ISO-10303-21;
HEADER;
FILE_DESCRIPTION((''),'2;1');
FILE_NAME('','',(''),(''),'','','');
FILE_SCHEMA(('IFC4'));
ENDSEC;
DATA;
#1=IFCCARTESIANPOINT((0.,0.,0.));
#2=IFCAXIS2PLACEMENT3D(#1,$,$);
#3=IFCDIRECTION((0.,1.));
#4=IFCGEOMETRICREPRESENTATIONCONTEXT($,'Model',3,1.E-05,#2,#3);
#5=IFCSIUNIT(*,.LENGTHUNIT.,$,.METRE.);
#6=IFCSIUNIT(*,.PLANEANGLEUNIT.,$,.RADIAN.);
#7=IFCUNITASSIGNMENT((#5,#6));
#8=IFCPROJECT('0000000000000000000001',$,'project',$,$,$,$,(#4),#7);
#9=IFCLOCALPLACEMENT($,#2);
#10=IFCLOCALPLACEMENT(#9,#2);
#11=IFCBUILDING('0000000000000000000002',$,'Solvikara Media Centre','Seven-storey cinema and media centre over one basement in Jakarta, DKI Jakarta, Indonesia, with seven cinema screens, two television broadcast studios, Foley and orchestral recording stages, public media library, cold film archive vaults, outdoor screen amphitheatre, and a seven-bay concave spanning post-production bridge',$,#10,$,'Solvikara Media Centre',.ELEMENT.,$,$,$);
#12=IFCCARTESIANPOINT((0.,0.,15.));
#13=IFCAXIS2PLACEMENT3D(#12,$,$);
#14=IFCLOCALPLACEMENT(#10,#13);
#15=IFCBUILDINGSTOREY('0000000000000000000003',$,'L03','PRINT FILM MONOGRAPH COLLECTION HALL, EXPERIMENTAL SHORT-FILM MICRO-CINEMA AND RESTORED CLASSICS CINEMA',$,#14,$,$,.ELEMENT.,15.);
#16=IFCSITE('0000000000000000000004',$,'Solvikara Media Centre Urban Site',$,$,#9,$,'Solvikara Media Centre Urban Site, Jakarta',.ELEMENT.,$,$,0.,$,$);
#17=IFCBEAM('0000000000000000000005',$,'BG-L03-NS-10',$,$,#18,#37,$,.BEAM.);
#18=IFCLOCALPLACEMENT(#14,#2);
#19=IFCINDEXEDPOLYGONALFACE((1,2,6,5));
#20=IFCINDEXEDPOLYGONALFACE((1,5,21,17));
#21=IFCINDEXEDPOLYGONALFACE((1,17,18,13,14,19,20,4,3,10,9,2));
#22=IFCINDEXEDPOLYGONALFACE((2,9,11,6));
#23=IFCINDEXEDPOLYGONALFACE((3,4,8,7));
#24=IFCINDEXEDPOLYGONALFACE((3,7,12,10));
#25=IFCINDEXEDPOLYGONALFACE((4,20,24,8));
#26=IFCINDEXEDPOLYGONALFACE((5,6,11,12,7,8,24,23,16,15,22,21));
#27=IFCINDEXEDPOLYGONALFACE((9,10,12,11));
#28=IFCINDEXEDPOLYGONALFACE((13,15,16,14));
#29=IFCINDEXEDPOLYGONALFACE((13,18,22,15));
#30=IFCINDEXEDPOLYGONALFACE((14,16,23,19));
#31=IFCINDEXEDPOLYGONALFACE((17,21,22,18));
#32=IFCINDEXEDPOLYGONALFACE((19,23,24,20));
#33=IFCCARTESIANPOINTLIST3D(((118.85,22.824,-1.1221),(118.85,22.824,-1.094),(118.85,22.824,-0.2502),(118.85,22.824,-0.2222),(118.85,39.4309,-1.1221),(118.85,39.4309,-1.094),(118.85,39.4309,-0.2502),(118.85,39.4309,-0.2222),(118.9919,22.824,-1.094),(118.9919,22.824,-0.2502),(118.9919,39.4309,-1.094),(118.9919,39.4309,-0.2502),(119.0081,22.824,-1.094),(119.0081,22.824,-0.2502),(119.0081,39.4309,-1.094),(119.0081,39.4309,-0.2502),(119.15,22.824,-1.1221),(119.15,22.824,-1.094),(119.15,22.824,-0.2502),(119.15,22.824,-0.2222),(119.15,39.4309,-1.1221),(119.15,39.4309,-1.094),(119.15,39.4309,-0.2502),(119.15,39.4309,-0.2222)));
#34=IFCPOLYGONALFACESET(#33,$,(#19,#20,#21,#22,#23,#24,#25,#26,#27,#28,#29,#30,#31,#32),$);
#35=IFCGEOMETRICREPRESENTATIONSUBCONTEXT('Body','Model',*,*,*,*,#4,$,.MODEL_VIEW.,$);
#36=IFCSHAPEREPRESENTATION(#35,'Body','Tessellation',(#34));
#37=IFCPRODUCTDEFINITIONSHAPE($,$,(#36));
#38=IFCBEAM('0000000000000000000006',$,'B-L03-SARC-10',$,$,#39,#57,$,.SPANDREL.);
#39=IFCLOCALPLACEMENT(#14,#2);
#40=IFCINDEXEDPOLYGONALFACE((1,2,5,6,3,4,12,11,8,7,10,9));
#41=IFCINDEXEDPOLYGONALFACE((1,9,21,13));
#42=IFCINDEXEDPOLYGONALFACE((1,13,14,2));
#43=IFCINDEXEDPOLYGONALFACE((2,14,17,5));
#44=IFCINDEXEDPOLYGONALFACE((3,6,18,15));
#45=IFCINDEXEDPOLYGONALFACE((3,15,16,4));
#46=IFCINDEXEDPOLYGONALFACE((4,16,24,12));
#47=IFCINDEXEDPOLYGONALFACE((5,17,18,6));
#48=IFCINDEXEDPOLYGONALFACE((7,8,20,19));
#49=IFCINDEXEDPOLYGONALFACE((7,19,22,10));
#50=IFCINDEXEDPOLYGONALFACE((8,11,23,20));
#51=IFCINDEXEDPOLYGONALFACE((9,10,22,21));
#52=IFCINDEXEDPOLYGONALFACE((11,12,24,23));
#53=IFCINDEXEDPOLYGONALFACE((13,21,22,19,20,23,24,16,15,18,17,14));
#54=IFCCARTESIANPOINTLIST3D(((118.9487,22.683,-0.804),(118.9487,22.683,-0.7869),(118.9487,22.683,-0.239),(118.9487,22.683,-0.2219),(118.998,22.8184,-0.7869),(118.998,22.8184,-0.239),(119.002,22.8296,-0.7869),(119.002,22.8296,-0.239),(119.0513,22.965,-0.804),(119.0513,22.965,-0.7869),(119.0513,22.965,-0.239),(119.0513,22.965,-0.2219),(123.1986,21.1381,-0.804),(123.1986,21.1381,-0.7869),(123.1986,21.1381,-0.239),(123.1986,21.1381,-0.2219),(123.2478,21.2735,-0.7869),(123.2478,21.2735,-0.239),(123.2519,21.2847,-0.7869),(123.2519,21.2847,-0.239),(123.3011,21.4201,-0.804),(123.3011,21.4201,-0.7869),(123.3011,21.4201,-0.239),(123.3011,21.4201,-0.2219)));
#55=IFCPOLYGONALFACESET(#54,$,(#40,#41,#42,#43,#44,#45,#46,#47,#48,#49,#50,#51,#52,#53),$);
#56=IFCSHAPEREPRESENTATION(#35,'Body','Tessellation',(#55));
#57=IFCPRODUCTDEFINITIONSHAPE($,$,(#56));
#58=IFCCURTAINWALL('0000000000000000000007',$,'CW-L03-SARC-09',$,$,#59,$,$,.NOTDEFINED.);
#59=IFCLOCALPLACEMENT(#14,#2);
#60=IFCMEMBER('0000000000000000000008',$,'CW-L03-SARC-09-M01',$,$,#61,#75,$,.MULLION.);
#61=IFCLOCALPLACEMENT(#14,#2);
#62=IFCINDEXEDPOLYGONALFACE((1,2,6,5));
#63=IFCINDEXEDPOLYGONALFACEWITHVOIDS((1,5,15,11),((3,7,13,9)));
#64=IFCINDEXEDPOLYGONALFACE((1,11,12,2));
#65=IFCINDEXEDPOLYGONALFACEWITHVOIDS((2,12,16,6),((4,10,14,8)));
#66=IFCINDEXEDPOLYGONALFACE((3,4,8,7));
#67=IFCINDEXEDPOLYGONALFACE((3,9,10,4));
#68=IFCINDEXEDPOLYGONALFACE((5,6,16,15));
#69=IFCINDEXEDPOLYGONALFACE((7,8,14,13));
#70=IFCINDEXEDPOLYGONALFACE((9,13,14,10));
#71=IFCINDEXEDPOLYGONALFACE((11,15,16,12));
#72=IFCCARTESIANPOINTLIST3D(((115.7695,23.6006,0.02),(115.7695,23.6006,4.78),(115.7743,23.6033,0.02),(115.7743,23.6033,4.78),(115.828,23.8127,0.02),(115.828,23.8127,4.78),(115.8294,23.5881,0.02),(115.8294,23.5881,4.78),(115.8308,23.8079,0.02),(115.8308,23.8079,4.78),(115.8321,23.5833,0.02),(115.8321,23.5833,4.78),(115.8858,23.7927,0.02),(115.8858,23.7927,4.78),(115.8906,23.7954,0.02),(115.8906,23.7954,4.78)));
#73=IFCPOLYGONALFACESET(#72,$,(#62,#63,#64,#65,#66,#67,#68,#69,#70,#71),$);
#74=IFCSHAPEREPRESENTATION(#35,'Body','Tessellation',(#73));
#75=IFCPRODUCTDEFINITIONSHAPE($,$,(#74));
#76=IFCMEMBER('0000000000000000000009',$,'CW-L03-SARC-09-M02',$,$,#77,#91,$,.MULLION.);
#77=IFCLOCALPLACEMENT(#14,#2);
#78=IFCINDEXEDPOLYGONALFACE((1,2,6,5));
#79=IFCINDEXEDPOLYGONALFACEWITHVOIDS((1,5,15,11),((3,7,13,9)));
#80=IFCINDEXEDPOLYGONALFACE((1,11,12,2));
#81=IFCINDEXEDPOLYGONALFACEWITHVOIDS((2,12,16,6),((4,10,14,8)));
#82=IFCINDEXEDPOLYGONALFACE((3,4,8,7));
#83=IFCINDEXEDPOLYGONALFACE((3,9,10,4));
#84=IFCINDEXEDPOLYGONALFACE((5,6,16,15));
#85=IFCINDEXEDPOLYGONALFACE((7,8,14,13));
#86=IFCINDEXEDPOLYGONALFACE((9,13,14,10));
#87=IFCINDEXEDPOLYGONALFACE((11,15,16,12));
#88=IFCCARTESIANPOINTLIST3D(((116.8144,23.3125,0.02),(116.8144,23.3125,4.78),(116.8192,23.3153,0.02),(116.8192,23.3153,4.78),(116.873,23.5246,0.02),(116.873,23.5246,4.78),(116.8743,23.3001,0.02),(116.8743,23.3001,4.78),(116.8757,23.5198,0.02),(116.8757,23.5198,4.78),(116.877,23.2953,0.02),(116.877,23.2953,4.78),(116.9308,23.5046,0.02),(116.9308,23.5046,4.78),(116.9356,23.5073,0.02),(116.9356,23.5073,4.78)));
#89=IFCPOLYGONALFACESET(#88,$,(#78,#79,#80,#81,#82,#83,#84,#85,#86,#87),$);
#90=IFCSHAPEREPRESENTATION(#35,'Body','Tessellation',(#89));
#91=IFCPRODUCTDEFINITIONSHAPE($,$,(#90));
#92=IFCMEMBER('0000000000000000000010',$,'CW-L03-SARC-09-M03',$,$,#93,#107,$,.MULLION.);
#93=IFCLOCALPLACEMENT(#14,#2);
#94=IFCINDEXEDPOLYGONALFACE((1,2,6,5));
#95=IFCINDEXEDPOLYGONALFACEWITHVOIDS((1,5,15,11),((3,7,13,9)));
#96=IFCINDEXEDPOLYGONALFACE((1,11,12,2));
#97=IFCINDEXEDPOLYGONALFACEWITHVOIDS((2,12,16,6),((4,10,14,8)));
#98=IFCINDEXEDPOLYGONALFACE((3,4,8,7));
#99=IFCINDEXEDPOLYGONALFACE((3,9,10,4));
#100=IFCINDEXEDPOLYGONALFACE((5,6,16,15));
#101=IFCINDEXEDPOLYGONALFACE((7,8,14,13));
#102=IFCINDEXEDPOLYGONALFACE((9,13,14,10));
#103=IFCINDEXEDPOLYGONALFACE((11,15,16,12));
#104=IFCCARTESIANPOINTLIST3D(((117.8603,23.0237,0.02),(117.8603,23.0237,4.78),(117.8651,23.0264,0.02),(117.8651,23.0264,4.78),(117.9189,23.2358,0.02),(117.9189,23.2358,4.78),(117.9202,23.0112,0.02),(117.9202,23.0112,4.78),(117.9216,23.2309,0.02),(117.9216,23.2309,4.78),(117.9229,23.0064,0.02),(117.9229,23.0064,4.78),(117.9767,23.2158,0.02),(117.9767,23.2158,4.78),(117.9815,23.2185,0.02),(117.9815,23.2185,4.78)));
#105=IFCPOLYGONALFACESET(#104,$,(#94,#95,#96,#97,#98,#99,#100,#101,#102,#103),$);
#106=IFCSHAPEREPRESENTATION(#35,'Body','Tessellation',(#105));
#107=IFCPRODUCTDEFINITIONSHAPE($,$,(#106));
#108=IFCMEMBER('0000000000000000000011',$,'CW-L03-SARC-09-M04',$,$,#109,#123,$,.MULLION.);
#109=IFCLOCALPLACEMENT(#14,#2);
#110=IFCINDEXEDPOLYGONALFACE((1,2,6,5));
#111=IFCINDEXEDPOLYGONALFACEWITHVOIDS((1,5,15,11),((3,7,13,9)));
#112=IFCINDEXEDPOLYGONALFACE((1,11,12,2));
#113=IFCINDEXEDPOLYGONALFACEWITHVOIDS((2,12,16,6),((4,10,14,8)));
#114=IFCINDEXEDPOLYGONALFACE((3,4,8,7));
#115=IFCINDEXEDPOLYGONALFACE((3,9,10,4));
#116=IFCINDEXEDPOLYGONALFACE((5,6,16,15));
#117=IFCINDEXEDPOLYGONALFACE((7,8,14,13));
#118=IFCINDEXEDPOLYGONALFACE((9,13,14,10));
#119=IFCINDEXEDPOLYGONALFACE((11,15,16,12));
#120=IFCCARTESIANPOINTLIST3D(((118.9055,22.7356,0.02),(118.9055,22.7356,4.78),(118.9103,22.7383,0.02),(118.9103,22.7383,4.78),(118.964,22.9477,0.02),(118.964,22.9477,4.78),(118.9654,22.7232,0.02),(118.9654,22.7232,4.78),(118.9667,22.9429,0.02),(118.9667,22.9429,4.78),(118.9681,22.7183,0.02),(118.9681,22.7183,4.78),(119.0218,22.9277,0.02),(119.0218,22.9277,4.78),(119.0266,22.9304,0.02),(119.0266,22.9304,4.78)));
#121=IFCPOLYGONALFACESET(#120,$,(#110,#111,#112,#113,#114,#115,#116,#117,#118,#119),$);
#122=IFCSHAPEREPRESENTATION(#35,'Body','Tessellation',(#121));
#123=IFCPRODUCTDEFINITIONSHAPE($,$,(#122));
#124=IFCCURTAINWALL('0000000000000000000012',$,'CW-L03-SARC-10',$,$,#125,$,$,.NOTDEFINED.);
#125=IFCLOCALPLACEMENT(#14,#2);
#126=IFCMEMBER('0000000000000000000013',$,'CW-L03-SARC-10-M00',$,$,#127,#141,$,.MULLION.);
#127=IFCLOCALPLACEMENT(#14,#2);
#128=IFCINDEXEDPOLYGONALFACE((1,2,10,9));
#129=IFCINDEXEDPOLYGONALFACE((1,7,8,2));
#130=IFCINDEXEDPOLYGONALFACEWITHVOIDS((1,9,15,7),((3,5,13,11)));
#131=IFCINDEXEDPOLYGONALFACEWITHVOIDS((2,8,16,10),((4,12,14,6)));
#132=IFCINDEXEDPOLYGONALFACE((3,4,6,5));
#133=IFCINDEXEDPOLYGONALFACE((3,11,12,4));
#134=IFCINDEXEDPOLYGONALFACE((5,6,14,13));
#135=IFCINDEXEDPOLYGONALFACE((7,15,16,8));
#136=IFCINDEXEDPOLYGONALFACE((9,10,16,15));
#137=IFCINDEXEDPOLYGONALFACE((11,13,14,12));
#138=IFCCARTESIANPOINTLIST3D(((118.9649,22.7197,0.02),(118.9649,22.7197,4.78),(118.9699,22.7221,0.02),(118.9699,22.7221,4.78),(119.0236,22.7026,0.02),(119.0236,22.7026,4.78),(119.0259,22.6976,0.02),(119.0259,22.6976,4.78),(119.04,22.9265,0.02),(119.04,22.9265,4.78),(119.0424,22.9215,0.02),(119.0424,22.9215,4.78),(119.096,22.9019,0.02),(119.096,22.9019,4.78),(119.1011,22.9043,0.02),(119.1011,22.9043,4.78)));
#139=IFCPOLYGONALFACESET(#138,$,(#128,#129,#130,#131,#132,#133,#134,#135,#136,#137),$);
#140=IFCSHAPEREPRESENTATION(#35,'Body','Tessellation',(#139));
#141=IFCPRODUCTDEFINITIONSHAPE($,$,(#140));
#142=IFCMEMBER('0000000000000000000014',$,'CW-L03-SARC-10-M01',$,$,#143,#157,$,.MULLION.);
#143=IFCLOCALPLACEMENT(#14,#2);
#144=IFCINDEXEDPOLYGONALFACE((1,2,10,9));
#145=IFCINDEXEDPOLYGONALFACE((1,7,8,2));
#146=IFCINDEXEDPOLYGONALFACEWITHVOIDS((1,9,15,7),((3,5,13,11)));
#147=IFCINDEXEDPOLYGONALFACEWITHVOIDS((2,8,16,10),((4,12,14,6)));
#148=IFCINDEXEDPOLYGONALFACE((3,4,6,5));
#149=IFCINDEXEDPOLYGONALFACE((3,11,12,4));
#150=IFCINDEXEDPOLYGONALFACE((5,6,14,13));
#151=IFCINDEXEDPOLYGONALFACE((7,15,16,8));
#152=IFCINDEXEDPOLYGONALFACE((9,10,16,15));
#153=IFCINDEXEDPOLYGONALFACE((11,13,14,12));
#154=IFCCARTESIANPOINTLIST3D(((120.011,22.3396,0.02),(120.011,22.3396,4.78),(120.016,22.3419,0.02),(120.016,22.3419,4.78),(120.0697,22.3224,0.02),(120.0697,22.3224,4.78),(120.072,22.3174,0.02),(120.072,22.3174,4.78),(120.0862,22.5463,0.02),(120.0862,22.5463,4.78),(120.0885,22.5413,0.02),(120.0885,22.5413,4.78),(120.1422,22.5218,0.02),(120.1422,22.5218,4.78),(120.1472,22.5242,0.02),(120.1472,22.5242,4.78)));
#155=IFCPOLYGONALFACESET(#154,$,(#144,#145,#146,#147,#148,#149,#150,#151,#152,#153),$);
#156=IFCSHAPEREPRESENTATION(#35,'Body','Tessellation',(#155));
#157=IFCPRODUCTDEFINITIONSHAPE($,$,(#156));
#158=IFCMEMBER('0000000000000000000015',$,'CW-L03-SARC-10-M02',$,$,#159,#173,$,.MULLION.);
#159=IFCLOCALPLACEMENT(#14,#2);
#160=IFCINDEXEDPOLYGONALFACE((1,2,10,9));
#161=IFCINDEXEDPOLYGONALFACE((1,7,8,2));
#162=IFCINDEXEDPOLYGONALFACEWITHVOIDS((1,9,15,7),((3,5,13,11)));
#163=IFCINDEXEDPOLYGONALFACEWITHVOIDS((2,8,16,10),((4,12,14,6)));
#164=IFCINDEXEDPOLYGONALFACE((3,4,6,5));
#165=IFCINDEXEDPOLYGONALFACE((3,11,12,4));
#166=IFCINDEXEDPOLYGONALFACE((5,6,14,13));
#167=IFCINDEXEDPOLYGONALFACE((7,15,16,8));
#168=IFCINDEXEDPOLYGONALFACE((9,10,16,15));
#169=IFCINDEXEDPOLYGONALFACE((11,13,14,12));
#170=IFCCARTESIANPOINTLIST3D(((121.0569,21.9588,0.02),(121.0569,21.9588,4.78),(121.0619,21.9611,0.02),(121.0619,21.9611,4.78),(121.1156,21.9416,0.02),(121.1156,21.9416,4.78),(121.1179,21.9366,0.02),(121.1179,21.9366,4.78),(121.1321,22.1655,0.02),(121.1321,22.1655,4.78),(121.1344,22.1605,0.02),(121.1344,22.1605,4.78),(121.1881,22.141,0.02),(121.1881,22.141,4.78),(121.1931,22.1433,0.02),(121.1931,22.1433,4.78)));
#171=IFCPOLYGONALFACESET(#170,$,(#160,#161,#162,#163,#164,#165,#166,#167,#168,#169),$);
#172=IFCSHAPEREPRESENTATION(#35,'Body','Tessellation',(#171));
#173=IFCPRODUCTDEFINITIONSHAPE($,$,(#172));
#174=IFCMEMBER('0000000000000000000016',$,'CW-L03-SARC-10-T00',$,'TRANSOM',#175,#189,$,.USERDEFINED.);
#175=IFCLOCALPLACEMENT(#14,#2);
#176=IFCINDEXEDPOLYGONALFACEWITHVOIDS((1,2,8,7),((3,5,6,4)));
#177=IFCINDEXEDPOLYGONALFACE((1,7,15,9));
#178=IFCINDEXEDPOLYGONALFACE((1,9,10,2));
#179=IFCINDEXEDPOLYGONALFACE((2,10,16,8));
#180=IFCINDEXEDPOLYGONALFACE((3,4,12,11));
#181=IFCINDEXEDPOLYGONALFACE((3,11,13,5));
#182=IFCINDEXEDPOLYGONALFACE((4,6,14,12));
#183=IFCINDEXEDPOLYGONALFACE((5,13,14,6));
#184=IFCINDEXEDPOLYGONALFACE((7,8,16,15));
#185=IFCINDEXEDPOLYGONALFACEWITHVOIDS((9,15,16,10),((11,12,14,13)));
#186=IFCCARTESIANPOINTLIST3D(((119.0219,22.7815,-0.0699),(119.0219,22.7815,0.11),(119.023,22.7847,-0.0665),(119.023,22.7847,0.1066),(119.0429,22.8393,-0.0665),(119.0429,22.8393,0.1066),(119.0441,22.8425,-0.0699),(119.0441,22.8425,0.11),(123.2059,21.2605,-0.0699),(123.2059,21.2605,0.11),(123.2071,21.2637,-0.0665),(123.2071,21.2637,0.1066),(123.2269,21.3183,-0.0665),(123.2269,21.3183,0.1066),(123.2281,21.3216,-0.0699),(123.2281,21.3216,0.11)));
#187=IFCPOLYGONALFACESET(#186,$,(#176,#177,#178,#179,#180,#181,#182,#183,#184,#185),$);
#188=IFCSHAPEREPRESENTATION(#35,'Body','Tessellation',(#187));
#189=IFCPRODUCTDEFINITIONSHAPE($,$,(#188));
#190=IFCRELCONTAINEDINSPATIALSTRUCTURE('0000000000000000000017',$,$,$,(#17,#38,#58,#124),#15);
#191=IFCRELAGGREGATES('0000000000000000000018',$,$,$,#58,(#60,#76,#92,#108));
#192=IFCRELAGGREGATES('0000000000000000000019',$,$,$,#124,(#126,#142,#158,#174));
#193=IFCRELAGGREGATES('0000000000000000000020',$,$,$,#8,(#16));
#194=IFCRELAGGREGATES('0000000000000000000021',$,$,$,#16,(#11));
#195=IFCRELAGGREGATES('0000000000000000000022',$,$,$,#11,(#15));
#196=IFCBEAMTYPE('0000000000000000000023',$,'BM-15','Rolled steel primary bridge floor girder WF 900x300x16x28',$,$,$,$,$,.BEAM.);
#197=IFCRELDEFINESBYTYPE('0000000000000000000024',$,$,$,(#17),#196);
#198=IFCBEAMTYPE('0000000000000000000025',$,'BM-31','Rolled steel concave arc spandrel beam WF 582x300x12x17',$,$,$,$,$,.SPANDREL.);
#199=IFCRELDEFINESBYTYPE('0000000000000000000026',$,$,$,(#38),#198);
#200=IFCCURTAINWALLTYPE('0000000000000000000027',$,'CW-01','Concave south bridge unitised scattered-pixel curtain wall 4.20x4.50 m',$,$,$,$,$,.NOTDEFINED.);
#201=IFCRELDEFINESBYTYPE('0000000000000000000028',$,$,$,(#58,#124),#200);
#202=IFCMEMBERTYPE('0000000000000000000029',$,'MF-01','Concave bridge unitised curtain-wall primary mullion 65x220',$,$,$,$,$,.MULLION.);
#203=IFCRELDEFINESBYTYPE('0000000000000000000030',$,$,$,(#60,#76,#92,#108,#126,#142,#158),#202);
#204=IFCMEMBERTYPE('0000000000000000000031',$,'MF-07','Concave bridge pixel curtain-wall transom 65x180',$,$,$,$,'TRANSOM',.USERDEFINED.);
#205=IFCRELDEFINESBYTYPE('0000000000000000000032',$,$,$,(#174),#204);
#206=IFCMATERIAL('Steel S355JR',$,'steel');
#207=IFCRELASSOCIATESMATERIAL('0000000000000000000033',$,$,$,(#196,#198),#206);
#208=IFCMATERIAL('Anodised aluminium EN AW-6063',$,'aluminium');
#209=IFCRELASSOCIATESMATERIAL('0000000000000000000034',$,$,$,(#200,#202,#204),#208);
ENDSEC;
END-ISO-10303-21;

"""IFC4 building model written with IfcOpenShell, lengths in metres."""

from ifc_helpers import new_model, si_unit, direction, frame, origin, origin_2d, place, context, subcontext, project, spatial, hollow_rectangle, i_section, extrude, material, material_profile, profile_set, type_object, element, aggregate, save


model = new_model("IFC4")

# Units and contexts
model_context = context("Model", 3, precision=1e-05, world=origin(), true_north=direction((0.0, 1.0)))
body_context = subcontext(model_context, "Body", "Model", "MODEL_VIEW")
ifc_project = project(units=[si_unit("LENGTHUNIT", "METRE"), si_unit("PLANEANGLEUNIT", "RADIAN")], contexts=[model_context])

# Site, building, storey
site_placement = place(None, origin())
site = spatial("IfcSite", under=ifc_project, at=site_placement, Name="Solvikara Media Centre Urban Site", LongName="Solvikara Media Centre Urban Site, Jakarta", CompositionType="ELEMENT", RefElevation=0.0)
building_placement = place(site_placement, origin())
building = spatial("IfcBuilding", under=site, at=building_placement, Name="Solvikara Media Centre", Description="Seven-storey cinema and media centre over one basement in Jakarta, DKI Jakarta, Indonesia, with seven cinema screens, two television broadcast studios, Foley and orchestral recording stages, public media library, cold film archive vaults, outdoor screen amphitheatre, and a seven-bay concave spanning post-production bridge", LongName="Solvikara Media Centre", CompositionType="ELEMENT")
storey_placement = place(building_placement, frame((0.0, 0.0, 15.0)))
storey = spatial("IfcBuildingStorey", under=building, at=storey_placement, Name="L03", Description="PRINT FILM MONOGRAPH COLLECTION HALL, EXPERIMENTAL SHORT-FILM MICRO-CINEMA AND RESTORED CLASSICS CINEMA", CompositionType="ELEMENT", Elevation=15.0)

# Beams
ifc_material_1 = material(Name="Steel S355JR", Category="steel")
ifc_material_profile_1 = material_profile(ifc_material_1, i_section(OverallWidth=0.3, OverallDepth=0.8999, WebThickness=0.0161, FlangeThickness=0.0281, at=origin_2d()), Name="WF 900x300x16x28")
ifc_profile_set_1 = profile_set([ifc_material_profile_1], Name="Steel S355JR")
beam_type_1 = type_object("IfcBeamType", Name="BM-15", Description="Rolled steel primary bridge floor girder WF 900x300x16x28", PredefinedType="BEAM", material=ifc_profile_set_1)
beam_1_placement = place(storey_placement, frame((119.0, 22.824, -0.6721), z_axis=(0.0, 1.0, 0.0), x_axis=(-1.0, 0.0, 0.0)))
element("IfcBeam", 1, at=beam_1_placement, inside=storey, type_object=beam_type_1, Name="BG-L03-NS-10", PredefinedType="BEAM", context=body_context, shape_type="SweptSolid", body=[
    extrude(i_section(OverallWidth=0.3, OverallDepth=0.8999, WebThickness=0.0161, FlangeThickness=0.0281, at=origin_2d()), origin(), (0.0, 0.0, 1.0), 16.6069),
])
ifc_material_profile_2 = material_profile(ifc_material_1, i_section(OverallWidth=0.3, OverallDepth=0.582, WebThickness=0.012, FlangeThickness=0.0171, at=origin_2d()), Name="WF 582x300x12x17")
ifc_profile_set_2 = profile_set([ifc_material_profile_2], Name="Steel S355JR")
beam_type_2 = type_object("IfcBeamType", Name="BM-31", Description="Rolled steel concave arc spandrel beam WF 582x300x12x17", PredefinedType="SPANDREL", material=ifc_profile_set_2)
beam_2_placement = place(storey_placement, frame((119.0, 22.824, -0.5129), z_axis=(0.939831, -0.341639, 0.0), x_axis=(0.341639, 0.939831, 0.0)))
element("IfcBeam", 2, at=beam_2_placement, inside=storey, type_object=beam_type_2, Name="B-L03-SARC-10", PredefinedType="SPANDREL", context=body_context, shape_type="SweptSolid", body=[
    extrude(i_section(OverallWidth=0.3, OverallDepth=0.582, WebThickness=0.012, FlangeThickness=0.0171, at=origin_2d()), origin(), (0.0, 0.0, 1.0), 4.522),
])

# Curtain walls, members
ifc_material_2 = material(Name="Anodised aluminium EN AW-6063", Category="aluminium")
curtain_wall_type = type_object("IfcCurtainWallType", Name="CW-01", Description="Concave south bridge unitised scattered-pixel curtain wall 4.20x4.50 m", PredefinedType="NOTDEFINED", material=ifc_material_2)
curtain_wall_1_placement = place(storey_placement, origin())
curtain_wall_1 = element("IfcCurtainWall", 3, at=curtain_wall_1_placement, inside=storey, type_object=curtain_wall_type, Name="CW-L03-SARC-09", PredefinedType="NOTDEFINED")
ifc_material_profile_3 = material_profile(ifc_material_2, hollow_rectangle(XDim=0.0649, YDim=0.22, WallThickness=0.0039, at=origin_2d()), Name="ALU-M 65x220x4")
ifc_profile_set_3 = profile_set([ifc_material_profile_3], Name="Anodised aluminium EN AW-6063")
member_type_1 = type_object("IfcMemberType", Name="MF-01", Description="Concave bridge unitised curtain-wall primary mullion 65x220", PredefinedType="MULLION", material=ifc_profile_set_3)
member_1_placement = place(storey_placement, frame((115.8301, 23.698, 0.02), z_axis=(0.0, 0.0, 1.0), x_axis=(0.96397, -0.26601, 0.0)))
member_1 = element("IfcMember", 4, at=member_1_placement, type_object=member_type_1, Name="CW-L03-SARC-09-M01", PredefinedType="MULLION", context=body_context, shape_type="SweptSolid", body=[
    extrude(hollow_rectangle(XDim=0.0649, YDim=0.22, WallThickness=0.0039, at=origin_2d()), origin(), (0.0, 0.0, 1.0), 4.76),
])
member_2_placement = place(storey_placement, frame((116.875, 23.4099, 0.02), z_axis=(0.0, 0.0, 1.0), x_axis=(0.96397, -0.26601, 0.0)))
member_2 = element("IfcMember", 5, at=member_2_placement, type_object=member_type_1, Name="CW-L03-SARC-09-M02", PredefinedType="MULLION", context=body_context, shape_type="SweptSolid", body=[
    extrude(hollow_rectangle(XDim=0.0649, YDim=0.22, WallThickness=0.0039, at=origin_2d()), origin(), (0.0, 0.0, 1.0), 4.76),
])
member_3_placement = place(storey_placement, frame((117.9209, 23.1211, 0.02), z_axis=(0.0, 0.0, 1.0), x_axis=(0.96397, -0.26601, 0.0)))
member_3 = element("IfcMember", 6, at=member_3_placement, type_object=member_type_1, Name="CW-L03-SARC-09-M03", PredefinedType="MULLION", context=body_context, shape_type="SweptSolid", body=[
    extrude(hollow_rectangle(XDim=0.0649, YDim=0.22, WallThickness=0.0039, at=origin_2d()), origin(), (0.0, 0.0, 1.0), 4.76),
])
member_4_placement = place(storey_placement, frame((118.9661, 22.833, 0.02), z_axis=(0.0, 0.0, 1.0), x_axis=(0.96397, -0.26601, 0.0)))
member_4 = element("IfcMember", 7, at=member_4_placement, type_object=member_type_1, Name="CW-L03-SARC-09-M04", PredefinedType="MULLION", context=body_context, shape_type="SweptSolid", body=[
    extrude(hollow_rectangle(XDim=0.0649, YDim=0.22, WallThickness=0.0039, at=origin_2d()), origin(), (0.0, 0.0, 1.0), 4.76),
])
curtain_wall_2_placement = place(storey_placement, origin())
curtain_wall_2 = element("IfcCurtainWall", 8, at=curtain_wall_2_placement, inside=storey, type_object=curtain_wall_type, Name="CW-L03-SARC-10", PredefinedType="NOTDEFINED")
member_5_placement = place(storey_placement, frame((119.033, 22.812, 0.02), z_axis=(0.0, 0.0, 1.0), x_axis=(0.939824, -0.341659, 0.0)))
member_5 = element("IfcMember", 9, at=member_5_placement, type_object=member_type_1, Name="CW-L03-SARC-10-M00", PredefinedType="MULLION", context=body_context, shape_type="SweptSolid", body=[
    extrude(hollow_rectangle(XDim=0.0649, YDim=0.22, WallThickness=0.0039, at=origin_2d()), origin(), (0.0, 0.0, 1.0), 4.76),
])
member_6_placement = place(storey_placement, frame((120.0791, 22.4319, 0.02), z_axis=(0.0, 0.0, 1.0), x_axis=(0.939824, -0.341659, 0.0)))
member_6 = element("IfcMember", 10, at=member_6_placement, type_object=member_type_1, Name="CW-L03-SARC-10-M01", PredefinedType="MULLION", context=body_context, shape_type="SweptSolid", body=[
    extrude(hollow_rectangle(XDim=0.0649, YDim=0.22, WallThickness=0.0039, at=origin_2d()), origin(), (0.0, 0.0, 1.0), 4.76),
])
member_7_placement = place(storey_placement, frame((121.125, 22.051, 0.02), z_axis=(0.0, 0.0, 1.0), x_axis=(0.939824, -0.341659, 0.0)))
member_7 = element("IfcMember", 11, at=member_7_placement, type_object=member_type_1, Name="CW-L03-SARC-10-M02", PredefinedType="MULLION", context=body_context, shape_type="SweptSolid", body=[
    extrude(hollow_rectangle(XDim=0.0649, YDim=0.22, WallThickness=0.0039, at=origin_2d()), origin(), (0.0, 0.0, 1.0), 4.76),
])
ifc_material_profile_4 = material_profile(ifc_material_2, hollow_rectangle(XDim=0.0649, YDim=0.1799, WallThickness=0.0034, at=origin_2d()), Name="ALU-T 65x180x3.5")
ifc_profile_set_4 = profile_set([ifc_material_profile_4], Name="Anodised aluminium EN AW-6063")
member_type_2 = type_object("IfcMemberType", Name="MF-07", Description="Concave bridge pixel curtain-wall transom 65x180", ElementType="TRANSOM", PredefinedType="USERDEFINED", material=ifc_profile_set_4)
member_8_placement = place(storey_placement, frame((119.033, 22.812, 0.02), z_axis=(0.939829, -0.341646, 0.0), x_axis=(0.341646, 0.939829, 0.0)))
member_8 = element("IfcMember", 12, at=member_8_placement, type_object=member_type_2, Name="CW-L03-SARC-10-T00", ObjectType="TRANSOM", PredefinedType="USERDEFINED", context=body_context, shape_type="SweptSolid", body=[
    extrude(hollow_rectangle(XDim=0.0649, YDim=0.1799, WallThickness=0.0034, at=origin_2d()), origin(), (0.0, 0.0, 1.0), 4.4519),
])

aggregate(curtain_wall_1, [member_1, member_2, member_3, member_4])
aggregate(curtain_wall_2, [member_5, member_6, member_7, member_8])

save(model, "model.ifc")
